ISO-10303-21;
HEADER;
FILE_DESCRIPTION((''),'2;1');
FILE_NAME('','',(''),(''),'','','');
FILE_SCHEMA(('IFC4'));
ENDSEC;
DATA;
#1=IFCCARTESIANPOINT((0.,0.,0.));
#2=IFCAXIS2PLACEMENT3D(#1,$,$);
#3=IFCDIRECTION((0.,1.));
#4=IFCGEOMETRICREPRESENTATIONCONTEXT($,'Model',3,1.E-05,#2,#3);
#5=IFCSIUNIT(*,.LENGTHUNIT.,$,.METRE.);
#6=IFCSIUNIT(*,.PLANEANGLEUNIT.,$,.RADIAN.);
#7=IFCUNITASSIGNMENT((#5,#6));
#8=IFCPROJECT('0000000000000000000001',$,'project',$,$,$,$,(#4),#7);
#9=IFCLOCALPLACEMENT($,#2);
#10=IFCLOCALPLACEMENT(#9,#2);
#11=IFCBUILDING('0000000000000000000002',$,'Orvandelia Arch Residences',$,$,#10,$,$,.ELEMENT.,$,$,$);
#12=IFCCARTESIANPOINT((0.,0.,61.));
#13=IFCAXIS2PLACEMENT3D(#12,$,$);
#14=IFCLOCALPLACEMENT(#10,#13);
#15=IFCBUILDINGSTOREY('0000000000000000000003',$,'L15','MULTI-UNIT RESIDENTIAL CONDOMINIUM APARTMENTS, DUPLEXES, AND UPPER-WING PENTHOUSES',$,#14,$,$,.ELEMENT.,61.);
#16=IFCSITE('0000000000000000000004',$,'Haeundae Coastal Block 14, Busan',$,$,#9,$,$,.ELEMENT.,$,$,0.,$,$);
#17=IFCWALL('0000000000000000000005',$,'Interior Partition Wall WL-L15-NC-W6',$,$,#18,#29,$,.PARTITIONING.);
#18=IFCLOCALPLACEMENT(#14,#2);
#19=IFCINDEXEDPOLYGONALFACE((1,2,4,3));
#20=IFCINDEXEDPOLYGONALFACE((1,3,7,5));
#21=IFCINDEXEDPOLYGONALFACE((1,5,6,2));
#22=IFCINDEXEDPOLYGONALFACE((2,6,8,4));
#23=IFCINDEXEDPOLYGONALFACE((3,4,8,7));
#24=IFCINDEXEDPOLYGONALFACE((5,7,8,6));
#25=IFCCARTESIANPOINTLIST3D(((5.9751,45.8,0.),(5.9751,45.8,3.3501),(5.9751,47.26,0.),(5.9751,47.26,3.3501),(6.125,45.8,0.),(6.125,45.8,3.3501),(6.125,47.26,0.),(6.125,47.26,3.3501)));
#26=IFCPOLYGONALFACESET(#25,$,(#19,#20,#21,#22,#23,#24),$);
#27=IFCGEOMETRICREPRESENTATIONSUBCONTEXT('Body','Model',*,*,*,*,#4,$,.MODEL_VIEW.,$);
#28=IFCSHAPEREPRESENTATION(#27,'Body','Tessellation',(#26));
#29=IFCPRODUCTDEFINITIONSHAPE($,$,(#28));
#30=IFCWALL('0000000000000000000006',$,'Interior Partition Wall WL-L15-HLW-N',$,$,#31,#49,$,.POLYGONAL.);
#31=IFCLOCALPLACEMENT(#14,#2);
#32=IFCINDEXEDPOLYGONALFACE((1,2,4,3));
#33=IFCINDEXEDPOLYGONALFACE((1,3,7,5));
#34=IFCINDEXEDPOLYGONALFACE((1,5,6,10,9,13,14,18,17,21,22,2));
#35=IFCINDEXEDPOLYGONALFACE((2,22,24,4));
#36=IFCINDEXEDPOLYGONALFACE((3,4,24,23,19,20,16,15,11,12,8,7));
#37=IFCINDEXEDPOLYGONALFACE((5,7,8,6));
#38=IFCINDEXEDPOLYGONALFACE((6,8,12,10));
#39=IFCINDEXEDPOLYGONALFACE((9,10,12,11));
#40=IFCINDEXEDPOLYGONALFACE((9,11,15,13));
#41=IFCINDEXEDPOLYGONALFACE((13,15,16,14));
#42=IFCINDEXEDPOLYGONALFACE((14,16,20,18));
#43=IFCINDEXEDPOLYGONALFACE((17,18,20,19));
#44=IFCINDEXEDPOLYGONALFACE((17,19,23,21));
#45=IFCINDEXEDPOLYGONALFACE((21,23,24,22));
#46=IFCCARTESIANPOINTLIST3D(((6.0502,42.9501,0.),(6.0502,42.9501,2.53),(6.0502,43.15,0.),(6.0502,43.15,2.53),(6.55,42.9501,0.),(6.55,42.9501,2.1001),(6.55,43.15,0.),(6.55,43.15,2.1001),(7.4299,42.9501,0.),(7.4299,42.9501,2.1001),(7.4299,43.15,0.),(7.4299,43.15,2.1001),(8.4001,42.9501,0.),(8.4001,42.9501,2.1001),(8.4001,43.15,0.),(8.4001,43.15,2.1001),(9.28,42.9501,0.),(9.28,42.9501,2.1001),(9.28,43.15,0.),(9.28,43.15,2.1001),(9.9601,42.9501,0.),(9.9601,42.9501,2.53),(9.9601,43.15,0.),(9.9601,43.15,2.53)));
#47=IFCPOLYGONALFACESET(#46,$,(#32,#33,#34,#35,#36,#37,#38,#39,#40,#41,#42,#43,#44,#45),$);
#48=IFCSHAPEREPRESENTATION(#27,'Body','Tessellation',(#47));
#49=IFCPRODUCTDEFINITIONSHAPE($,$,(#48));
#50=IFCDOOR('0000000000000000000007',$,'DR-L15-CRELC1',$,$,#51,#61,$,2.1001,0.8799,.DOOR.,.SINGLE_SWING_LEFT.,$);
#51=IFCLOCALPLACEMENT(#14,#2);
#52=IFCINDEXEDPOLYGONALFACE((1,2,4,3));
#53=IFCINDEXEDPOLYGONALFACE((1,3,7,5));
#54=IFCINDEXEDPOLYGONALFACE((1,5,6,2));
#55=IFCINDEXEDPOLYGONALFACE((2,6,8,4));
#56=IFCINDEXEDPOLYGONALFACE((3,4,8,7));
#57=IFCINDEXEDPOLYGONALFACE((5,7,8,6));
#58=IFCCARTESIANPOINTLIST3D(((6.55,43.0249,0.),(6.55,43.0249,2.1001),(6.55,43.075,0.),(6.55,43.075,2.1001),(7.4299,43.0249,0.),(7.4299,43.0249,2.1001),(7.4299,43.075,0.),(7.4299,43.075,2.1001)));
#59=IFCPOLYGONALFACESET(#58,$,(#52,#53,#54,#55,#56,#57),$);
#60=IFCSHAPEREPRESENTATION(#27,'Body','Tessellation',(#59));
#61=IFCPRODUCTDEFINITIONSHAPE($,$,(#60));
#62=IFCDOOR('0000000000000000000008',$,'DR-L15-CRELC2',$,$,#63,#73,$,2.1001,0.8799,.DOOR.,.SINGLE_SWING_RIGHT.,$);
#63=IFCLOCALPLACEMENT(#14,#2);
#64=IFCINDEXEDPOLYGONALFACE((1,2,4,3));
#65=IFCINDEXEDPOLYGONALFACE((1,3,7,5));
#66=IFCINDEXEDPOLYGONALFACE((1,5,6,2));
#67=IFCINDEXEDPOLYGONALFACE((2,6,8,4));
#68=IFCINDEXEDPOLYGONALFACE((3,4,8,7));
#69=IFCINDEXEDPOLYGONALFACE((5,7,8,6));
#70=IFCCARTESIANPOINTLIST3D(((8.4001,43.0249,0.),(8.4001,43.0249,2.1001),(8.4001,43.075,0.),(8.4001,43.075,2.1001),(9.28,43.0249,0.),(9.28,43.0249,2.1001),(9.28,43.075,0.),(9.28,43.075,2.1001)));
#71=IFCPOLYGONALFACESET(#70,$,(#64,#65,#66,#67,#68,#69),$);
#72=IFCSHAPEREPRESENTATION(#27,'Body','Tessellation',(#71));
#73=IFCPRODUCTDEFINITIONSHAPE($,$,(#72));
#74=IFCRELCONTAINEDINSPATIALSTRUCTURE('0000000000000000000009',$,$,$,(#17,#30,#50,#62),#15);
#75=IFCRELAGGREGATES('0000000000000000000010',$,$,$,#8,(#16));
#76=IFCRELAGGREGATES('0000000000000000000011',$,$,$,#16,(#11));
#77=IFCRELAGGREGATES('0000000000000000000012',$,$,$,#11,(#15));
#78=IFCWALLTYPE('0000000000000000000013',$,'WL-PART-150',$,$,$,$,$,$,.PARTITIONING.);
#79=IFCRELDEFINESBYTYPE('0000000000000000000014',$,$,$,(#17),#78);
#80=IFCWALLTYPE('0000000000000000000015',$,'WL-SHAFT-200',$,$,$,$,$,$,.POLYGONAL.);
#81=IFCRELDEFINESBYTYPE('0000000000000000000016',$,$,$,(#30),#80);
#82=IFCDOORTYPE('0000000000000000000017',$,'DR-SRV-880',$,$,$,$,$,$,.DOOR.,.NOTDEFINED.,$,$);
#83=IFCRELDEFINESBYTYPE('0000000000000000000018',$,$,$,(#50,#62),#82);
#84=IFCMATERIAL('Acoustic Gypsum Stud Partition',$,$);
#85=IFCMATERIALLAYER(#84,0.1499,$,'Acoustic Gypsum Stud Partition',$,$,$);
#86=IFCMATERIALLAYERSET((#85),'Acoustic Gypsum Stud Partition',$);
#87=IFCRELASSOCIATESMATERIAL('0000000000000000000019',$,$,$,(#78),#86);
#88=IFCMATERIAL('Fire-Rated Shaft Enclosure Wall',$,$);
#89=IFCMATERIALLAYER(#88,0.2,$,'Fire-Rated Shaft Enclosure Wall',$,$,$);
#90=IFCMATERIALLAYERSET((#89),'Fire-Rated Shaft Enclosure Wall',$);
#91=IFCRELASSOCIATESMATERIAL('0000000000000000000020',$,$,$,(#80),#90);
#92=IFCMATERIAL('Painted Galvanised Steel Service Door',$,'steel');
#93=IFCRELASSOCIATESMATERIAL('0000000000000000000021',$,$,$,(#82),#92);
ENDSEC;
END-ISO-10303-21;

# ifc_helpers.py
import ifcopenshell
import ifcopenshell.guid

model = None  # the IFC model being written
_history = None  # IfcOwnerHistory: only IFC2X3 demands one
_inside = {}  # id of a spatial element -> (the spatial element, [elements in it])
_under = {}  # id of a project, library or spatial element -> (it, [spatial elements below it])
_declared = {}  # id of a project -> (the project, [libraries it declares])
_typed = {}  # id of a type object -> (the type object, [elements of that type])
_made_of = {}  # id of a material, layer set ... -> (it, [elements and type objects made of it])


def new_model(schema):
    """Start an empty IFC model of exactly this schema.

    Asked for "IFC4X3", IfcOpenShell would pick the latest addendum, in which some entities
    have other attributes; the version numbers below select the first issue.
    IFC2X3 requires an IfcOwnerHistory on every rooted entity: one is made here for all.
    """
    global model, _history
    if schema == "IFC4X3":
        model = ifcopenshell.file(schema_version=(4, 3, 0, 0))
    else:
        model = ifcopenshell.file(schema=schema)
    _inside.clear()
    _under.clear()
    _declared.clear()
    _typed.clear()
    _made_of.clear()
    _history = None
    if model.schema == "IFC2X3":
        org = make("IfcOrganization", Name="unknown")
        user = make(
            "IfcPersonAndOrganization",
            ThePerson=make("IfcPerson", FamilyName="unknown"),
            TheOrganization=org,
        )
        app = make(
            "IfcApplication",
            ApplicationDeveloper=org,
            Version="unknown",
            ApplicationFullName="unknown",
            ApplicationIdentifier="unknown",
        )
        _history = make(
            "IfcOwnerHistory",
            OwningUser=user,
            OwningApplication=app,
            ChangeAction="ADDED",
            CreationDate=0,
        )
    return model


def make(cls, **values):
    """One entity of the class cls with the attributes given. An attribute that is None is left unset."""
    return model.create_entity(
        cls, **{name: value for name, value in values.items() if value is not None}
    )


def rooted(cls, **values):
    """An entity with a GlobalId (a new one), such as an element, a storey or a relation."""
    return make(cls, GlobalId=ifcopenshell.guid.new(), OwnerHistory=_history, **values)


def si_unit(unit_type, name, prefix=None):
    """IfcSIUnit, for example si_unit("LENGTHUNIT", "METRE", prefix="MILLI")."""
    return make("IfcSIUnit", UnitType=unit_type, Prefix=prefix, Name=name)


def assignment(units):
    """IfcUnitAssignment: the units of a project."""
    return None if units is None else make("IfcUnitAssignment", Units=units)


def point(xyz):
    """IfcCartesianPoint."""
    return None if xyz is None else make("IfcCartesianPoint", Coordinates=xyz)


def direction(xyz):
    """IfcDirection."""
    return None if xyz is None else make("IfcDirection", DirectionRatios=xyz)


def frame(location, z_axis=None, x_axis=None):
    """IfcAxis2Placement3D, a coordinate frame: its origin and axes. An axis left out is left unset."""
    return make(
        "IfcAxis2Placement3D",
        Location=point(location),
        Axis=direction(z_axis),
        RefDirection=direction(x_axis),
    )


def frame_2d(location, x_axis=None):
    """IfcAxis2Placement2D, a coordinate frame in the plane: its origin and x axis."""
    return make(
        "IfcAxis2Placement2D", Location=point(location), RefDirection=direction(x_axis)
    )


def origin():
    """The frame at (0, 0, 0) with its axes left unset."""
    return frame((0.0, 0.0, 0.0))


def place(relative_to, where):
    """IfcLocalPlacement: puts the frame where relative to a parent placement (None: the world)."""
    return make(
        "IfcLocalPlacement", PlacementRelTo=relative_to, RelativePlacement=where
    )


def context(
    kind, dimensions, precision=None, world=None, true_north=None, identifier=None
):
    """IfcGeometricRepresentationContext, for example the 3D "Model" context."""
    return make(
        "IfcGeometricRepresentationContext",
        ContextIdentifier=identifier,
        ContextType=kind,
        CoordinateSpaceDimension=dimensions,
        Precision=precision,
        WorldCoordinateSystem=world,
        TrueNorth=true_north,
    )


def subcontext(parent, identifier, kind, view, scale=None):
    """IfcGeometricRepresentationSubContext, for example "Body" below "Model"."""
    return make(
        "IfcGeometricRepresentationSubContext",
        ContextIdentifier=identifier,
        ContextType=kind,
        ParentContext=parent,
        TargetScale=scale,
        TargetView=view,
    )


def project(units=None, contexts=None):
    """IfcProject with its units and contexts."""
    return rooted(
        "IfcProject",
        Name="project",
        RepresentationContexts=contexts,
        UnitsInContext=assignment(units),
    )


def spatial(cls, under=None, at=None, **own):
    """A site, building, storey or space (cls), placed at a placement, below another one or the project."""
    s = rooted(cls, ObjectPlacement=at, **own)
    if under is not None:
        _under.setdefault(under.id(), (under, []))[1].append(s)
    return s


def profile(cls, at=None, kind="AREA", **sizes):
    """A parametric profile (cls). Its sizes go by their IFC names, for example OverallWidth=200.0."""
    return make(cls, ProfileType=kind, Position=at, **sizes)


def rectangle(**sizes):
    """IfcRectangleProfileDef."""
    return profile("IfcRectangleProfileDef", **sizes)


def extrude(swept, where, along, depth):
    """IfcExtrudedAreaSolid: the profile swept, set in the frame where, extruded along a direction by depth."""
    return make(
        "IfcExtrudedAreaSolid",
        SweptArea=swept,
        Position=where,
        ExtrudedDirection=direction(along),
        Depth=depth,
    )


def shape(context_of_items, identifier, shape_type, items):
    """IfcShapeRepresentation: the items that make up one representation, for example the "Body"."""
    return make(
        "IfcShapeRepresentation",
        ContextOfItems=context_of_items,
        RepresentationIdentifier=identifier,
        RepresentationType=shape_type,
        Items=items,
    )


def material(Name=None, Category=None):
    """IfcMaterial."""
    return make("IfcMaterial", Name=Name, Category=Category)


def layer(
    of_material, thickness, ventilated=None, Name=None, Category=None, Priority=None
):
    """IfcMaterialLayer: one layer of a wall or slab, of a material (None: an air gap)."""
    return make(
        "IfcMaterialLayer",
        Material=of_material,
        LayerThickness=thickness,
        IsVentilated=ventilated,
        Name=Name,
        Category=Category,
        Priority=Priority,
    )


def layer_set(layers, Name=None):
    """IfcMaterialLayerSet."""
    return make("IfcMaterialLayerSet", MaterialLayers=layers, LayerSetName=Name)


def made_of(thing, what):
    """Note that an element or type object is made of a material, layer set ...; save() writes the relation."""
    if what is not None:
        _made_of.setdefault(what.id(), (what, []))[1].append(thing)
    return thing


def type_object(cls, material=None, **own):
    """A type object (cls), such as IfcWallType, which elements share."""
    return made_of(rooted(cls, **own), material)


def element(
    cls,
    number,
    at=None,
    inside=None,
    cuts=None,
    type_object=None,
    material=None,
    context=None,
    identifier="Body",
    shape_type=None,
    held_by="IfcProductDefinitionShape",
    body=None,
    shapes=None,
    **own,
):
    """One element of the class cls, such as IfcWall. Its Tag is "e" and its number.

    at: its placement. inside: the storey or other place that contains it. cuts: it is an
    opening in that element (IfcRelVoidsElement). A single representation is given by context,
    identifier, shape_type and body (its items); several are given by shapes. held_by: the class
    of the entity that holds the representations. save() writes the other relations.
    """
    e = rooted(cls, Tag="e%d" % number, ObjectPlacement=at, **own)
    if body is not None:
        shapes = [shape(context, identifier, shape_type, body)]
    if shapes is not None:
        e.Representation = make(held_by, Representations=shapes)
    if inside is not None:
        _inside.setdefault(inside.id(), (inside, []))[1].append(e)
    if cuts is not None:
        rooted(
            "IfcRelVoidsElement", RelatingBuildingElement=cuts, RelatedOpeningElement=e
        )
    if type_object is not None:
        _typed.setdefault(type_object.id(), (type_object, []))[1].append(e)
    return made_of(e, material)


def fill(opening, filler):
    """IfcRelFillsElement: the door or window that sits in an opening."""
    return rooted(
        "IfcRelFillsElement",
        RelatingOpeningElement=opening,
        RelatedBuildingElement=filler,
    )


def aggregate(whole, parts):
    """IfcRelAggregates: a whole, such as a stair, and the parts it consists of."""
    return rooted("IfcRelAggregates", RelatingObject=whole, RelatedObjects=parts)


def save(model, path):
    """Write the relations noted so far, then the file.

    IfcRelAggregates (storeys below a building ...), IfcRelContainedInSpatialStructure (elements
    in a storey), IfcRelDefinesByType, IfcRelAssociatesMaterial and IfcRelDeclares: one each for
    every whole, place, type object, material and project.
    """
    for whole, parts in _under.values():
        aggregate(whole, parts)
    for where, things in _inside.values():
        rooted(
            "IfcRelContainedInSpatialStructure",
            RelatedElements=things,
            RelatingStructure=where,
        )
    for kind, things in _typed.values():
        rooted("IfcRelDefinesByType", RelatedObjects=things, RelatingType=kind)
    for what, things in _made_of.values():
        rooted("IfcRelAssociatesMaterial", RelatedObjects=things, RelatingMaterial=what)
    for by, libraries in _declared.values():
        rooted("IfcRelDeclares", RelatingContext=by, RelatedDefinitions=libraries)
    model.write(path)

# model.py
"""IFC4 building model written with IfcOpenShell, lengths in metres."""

from ifc_helpers import new_model, si_unit, direction, frame, frame_2d, origin, place, context, subcontext, project, spatial, rectangle, extrude, material, layer, layer_set, type_object, element, fill, save


model = new_model("IFC4")

# Units and contexts
model_context = context("Model", 3, precision=1e-05, world=origin(), true_north=direction((0.0, 1.0)))
body_context = subcontext(model_context, "Body", "Model", "MODEL_VIEW")
ifc_project = project(units=[si_unit("LENGTHUNIT", "METRE"), si_unit("PLANEANGLEUNIT", "RADIAN")], contexts=[model_context])

# Site, building, storey
site_placement = place(None, origin())
site = spatial("IfcSite", under=ifc_project, at=site_placement, Name="Haeundae Coastal Block 14, Busan", CompositionType="ELEMENT", RefElevation=0.0)
building_placement = place(site_placement, origin())
building = spatial("IfcBuilding", under=site, at=building_placement, Name="Orvandelia Arch Residences", CompositionType="ELEMENT")
storey_placement = place(building_placement, frame((0.0, 0.0, 61.0)))
storey = spatial("IfcBuildingStorey", under=building, at=storey_placement, Name="L15", Description="MULTI-UNIT RESIDENTIAL CONDOMINIUM APARTMENTS, DUPLEXES, AND UPPER-WING PENTHOUSES", CompositionType="ELEMENT", Elevation=61.0)

# Wall
ifc_material_1 = material(Name="Acoustic Gypsum Stud Partition")
ifc_layer_1 = layer(ifc_material_1, 0.1499, Name="Acoustic Gypsum Stud Partition")
ifc_layer_set_1 = layer_set([ifc_layer_1], Name="Acoustic Gypsum Stud Partition")
wall_type_1 = type_object("IfcWallType", Name="WL-PART-150", PredefinedType="PARTITIONING", material=ifc_layer_set_1)
wall_1_placement = place(storey_placement, frame((6.05, 45.8, 0.0), z_axis=(0.0, 0.0, 1.0), x_axis=(0.0, 1.0, 0.0)))
element("IfcWall", 1, at=wall_1_placement, inside=storey, type_object=wall_type_1, Name="Interior Partition Wall WL-L15-NC-W6", PredefinedType="PARTITIONING", context=body_context, shape_type="SweptSolid", body=[
    extrude(rectangle(XDim=1.46, YDim=0.1499, at=frame_2d((0.73, 0.0))), origin(), (0.0, 0.0, 1.0), 3.3501),
])

# Wall, openings, doors
ifc_material_2 = material(Name="Fire-Rated Shaft Enclosure Wall")
ifc_layer_2 = layer(ifc_material_2, 0.2, Name="Fire-Rated Shaft Enclosure Wall")
ifc_layer_set_2 = layer_set([ifc_layer_2], Name="Fire-Rated Shaft Enclosure Wall")
wall_type_2 = type_object("IfcWallType", Name="WL-SHAFT-200", PredefinedType="POLYGONAL", material=ifc_layer_set_2)
wall_2_placement = place(storey_placement, frame((6.05, 43.05, 0.0), z_axis=(0.0, 0.0, 1.0), x_axis=(1.0, 0.0, 0.0)))
wall_2 = element("IfcWall", 2, at=wall_2_placement, inside=storey, type_object=wall_type_2, Name="Interior Partition Wall WL-L15-HLW-N", PredefinedType="POLYGONAL", context=body_context, shape_type="SweptSolid", body=[
    extrude(rectangle(XDim=3.9099, YDim=0.2, at=frame_2d((1.9551, 0.0))), origin(), (0.0, 0.0, 1.0), 2.53),
])
opening_1_placement = place(wall_2_placement, frame((0.5, 0.0, 0.0)))
opening_1 = element("IfcOpeningElement", 3, at=opening_1_placement, cuts=wall_2, PredefinedType="OPENING", context=body_context, shape_type="SweptSolid", body=[
    extrude(rectangle(XDim=0.8799, YDim=2.1001, at=frame_2d((0.4399, 1.05))), frame((0.0, 0.1099, 0.0), z_axis=(0.0, -1.0, 0.0), x_axis=(1.0, 0.0, 0.0)), (0.0, 0.0, 1.0), 0.22),
])
opening_2_placement = place(wall_2_placement, frame((2.3501, 0.0, 0.0)))
opening_2 = element("IfcOpeningElement", 4, at=opening_2_placement, cuts=wall_2, PredefinedType="OPENING", context=body_context, shape_type="SweptSolid", body=[
    extrude(rectangle(XDim=0.8799, YDim=2.1001, at=frame_2d((0.4399, 1.05))), frame((0.0, 0.1099, 0.0), z_axis=(0.0, -1.0, 0.0), x_axis=(1.0, 0.0, 0.0)), (0.0, 0.0, 1.0), 0.22),
])
ifc_material_3 = material(Name="Painted Galvanised Steel Service Door", Category="steel")
door_type = type_object("IfcDoorType", Name="DR-SRV-880", OperationType="NOTDEFINED", PredefinedType="DOOR", material=ifc_material_3)
door_1_placement = place(opening_1_placement, origin())
door_1 = element("IfcDoor", 5, at=door_1_placement, inside=storey, type_object=door_type, Name="DR-L15-CRELC1", OperationType="SINGLE_SWING_LEFT", OverallHeight=2.1001, OverallWidth=0.8799, PredefinedType="DOOR", context=body_context, shape_type="SweptSolid", body=[
    extrude(rectangle(XDim=0.8799, YDim=2.1001, at=frame_2d((0.4399, 1.05))), frame((0.0, 0.0249, 0.0), z_axis=(0.0, -1.0, 0.0), x_axis=(1.0, 0.0, 0.0)), (0.0, 0.0, 1.0), 0.05),
])
fill(opening_1, door_1)
door_2_placement = place(opening_2_placement, origin())
door_2 = element("IfcDoor", 6, at=door_2_placement, inside=storey, type_object=door_type, Name="DR-L15-CRELC2", OperationType="SINGLE_SWING_RIGHT", OverallHeight=2.1001, OverallWidth=0.8799, PredefinedType="DOOR", context=body_context, shape_type="SweptSolid", body=[
    extrude(rectangle(XDim=0.8799, YDim=2.1001, at=frame_2d((0.4399, 1.05))), frame((0.0, 0.0249, 0.0), z_axis=(0.0, -1.0, 0.0), x_axis=(1.0, 0.0, 0.0)), (0.0, 0.0, 1.0), 0.05),
])
fill(opening_2, door_2)

save(model, "model.ifc")
